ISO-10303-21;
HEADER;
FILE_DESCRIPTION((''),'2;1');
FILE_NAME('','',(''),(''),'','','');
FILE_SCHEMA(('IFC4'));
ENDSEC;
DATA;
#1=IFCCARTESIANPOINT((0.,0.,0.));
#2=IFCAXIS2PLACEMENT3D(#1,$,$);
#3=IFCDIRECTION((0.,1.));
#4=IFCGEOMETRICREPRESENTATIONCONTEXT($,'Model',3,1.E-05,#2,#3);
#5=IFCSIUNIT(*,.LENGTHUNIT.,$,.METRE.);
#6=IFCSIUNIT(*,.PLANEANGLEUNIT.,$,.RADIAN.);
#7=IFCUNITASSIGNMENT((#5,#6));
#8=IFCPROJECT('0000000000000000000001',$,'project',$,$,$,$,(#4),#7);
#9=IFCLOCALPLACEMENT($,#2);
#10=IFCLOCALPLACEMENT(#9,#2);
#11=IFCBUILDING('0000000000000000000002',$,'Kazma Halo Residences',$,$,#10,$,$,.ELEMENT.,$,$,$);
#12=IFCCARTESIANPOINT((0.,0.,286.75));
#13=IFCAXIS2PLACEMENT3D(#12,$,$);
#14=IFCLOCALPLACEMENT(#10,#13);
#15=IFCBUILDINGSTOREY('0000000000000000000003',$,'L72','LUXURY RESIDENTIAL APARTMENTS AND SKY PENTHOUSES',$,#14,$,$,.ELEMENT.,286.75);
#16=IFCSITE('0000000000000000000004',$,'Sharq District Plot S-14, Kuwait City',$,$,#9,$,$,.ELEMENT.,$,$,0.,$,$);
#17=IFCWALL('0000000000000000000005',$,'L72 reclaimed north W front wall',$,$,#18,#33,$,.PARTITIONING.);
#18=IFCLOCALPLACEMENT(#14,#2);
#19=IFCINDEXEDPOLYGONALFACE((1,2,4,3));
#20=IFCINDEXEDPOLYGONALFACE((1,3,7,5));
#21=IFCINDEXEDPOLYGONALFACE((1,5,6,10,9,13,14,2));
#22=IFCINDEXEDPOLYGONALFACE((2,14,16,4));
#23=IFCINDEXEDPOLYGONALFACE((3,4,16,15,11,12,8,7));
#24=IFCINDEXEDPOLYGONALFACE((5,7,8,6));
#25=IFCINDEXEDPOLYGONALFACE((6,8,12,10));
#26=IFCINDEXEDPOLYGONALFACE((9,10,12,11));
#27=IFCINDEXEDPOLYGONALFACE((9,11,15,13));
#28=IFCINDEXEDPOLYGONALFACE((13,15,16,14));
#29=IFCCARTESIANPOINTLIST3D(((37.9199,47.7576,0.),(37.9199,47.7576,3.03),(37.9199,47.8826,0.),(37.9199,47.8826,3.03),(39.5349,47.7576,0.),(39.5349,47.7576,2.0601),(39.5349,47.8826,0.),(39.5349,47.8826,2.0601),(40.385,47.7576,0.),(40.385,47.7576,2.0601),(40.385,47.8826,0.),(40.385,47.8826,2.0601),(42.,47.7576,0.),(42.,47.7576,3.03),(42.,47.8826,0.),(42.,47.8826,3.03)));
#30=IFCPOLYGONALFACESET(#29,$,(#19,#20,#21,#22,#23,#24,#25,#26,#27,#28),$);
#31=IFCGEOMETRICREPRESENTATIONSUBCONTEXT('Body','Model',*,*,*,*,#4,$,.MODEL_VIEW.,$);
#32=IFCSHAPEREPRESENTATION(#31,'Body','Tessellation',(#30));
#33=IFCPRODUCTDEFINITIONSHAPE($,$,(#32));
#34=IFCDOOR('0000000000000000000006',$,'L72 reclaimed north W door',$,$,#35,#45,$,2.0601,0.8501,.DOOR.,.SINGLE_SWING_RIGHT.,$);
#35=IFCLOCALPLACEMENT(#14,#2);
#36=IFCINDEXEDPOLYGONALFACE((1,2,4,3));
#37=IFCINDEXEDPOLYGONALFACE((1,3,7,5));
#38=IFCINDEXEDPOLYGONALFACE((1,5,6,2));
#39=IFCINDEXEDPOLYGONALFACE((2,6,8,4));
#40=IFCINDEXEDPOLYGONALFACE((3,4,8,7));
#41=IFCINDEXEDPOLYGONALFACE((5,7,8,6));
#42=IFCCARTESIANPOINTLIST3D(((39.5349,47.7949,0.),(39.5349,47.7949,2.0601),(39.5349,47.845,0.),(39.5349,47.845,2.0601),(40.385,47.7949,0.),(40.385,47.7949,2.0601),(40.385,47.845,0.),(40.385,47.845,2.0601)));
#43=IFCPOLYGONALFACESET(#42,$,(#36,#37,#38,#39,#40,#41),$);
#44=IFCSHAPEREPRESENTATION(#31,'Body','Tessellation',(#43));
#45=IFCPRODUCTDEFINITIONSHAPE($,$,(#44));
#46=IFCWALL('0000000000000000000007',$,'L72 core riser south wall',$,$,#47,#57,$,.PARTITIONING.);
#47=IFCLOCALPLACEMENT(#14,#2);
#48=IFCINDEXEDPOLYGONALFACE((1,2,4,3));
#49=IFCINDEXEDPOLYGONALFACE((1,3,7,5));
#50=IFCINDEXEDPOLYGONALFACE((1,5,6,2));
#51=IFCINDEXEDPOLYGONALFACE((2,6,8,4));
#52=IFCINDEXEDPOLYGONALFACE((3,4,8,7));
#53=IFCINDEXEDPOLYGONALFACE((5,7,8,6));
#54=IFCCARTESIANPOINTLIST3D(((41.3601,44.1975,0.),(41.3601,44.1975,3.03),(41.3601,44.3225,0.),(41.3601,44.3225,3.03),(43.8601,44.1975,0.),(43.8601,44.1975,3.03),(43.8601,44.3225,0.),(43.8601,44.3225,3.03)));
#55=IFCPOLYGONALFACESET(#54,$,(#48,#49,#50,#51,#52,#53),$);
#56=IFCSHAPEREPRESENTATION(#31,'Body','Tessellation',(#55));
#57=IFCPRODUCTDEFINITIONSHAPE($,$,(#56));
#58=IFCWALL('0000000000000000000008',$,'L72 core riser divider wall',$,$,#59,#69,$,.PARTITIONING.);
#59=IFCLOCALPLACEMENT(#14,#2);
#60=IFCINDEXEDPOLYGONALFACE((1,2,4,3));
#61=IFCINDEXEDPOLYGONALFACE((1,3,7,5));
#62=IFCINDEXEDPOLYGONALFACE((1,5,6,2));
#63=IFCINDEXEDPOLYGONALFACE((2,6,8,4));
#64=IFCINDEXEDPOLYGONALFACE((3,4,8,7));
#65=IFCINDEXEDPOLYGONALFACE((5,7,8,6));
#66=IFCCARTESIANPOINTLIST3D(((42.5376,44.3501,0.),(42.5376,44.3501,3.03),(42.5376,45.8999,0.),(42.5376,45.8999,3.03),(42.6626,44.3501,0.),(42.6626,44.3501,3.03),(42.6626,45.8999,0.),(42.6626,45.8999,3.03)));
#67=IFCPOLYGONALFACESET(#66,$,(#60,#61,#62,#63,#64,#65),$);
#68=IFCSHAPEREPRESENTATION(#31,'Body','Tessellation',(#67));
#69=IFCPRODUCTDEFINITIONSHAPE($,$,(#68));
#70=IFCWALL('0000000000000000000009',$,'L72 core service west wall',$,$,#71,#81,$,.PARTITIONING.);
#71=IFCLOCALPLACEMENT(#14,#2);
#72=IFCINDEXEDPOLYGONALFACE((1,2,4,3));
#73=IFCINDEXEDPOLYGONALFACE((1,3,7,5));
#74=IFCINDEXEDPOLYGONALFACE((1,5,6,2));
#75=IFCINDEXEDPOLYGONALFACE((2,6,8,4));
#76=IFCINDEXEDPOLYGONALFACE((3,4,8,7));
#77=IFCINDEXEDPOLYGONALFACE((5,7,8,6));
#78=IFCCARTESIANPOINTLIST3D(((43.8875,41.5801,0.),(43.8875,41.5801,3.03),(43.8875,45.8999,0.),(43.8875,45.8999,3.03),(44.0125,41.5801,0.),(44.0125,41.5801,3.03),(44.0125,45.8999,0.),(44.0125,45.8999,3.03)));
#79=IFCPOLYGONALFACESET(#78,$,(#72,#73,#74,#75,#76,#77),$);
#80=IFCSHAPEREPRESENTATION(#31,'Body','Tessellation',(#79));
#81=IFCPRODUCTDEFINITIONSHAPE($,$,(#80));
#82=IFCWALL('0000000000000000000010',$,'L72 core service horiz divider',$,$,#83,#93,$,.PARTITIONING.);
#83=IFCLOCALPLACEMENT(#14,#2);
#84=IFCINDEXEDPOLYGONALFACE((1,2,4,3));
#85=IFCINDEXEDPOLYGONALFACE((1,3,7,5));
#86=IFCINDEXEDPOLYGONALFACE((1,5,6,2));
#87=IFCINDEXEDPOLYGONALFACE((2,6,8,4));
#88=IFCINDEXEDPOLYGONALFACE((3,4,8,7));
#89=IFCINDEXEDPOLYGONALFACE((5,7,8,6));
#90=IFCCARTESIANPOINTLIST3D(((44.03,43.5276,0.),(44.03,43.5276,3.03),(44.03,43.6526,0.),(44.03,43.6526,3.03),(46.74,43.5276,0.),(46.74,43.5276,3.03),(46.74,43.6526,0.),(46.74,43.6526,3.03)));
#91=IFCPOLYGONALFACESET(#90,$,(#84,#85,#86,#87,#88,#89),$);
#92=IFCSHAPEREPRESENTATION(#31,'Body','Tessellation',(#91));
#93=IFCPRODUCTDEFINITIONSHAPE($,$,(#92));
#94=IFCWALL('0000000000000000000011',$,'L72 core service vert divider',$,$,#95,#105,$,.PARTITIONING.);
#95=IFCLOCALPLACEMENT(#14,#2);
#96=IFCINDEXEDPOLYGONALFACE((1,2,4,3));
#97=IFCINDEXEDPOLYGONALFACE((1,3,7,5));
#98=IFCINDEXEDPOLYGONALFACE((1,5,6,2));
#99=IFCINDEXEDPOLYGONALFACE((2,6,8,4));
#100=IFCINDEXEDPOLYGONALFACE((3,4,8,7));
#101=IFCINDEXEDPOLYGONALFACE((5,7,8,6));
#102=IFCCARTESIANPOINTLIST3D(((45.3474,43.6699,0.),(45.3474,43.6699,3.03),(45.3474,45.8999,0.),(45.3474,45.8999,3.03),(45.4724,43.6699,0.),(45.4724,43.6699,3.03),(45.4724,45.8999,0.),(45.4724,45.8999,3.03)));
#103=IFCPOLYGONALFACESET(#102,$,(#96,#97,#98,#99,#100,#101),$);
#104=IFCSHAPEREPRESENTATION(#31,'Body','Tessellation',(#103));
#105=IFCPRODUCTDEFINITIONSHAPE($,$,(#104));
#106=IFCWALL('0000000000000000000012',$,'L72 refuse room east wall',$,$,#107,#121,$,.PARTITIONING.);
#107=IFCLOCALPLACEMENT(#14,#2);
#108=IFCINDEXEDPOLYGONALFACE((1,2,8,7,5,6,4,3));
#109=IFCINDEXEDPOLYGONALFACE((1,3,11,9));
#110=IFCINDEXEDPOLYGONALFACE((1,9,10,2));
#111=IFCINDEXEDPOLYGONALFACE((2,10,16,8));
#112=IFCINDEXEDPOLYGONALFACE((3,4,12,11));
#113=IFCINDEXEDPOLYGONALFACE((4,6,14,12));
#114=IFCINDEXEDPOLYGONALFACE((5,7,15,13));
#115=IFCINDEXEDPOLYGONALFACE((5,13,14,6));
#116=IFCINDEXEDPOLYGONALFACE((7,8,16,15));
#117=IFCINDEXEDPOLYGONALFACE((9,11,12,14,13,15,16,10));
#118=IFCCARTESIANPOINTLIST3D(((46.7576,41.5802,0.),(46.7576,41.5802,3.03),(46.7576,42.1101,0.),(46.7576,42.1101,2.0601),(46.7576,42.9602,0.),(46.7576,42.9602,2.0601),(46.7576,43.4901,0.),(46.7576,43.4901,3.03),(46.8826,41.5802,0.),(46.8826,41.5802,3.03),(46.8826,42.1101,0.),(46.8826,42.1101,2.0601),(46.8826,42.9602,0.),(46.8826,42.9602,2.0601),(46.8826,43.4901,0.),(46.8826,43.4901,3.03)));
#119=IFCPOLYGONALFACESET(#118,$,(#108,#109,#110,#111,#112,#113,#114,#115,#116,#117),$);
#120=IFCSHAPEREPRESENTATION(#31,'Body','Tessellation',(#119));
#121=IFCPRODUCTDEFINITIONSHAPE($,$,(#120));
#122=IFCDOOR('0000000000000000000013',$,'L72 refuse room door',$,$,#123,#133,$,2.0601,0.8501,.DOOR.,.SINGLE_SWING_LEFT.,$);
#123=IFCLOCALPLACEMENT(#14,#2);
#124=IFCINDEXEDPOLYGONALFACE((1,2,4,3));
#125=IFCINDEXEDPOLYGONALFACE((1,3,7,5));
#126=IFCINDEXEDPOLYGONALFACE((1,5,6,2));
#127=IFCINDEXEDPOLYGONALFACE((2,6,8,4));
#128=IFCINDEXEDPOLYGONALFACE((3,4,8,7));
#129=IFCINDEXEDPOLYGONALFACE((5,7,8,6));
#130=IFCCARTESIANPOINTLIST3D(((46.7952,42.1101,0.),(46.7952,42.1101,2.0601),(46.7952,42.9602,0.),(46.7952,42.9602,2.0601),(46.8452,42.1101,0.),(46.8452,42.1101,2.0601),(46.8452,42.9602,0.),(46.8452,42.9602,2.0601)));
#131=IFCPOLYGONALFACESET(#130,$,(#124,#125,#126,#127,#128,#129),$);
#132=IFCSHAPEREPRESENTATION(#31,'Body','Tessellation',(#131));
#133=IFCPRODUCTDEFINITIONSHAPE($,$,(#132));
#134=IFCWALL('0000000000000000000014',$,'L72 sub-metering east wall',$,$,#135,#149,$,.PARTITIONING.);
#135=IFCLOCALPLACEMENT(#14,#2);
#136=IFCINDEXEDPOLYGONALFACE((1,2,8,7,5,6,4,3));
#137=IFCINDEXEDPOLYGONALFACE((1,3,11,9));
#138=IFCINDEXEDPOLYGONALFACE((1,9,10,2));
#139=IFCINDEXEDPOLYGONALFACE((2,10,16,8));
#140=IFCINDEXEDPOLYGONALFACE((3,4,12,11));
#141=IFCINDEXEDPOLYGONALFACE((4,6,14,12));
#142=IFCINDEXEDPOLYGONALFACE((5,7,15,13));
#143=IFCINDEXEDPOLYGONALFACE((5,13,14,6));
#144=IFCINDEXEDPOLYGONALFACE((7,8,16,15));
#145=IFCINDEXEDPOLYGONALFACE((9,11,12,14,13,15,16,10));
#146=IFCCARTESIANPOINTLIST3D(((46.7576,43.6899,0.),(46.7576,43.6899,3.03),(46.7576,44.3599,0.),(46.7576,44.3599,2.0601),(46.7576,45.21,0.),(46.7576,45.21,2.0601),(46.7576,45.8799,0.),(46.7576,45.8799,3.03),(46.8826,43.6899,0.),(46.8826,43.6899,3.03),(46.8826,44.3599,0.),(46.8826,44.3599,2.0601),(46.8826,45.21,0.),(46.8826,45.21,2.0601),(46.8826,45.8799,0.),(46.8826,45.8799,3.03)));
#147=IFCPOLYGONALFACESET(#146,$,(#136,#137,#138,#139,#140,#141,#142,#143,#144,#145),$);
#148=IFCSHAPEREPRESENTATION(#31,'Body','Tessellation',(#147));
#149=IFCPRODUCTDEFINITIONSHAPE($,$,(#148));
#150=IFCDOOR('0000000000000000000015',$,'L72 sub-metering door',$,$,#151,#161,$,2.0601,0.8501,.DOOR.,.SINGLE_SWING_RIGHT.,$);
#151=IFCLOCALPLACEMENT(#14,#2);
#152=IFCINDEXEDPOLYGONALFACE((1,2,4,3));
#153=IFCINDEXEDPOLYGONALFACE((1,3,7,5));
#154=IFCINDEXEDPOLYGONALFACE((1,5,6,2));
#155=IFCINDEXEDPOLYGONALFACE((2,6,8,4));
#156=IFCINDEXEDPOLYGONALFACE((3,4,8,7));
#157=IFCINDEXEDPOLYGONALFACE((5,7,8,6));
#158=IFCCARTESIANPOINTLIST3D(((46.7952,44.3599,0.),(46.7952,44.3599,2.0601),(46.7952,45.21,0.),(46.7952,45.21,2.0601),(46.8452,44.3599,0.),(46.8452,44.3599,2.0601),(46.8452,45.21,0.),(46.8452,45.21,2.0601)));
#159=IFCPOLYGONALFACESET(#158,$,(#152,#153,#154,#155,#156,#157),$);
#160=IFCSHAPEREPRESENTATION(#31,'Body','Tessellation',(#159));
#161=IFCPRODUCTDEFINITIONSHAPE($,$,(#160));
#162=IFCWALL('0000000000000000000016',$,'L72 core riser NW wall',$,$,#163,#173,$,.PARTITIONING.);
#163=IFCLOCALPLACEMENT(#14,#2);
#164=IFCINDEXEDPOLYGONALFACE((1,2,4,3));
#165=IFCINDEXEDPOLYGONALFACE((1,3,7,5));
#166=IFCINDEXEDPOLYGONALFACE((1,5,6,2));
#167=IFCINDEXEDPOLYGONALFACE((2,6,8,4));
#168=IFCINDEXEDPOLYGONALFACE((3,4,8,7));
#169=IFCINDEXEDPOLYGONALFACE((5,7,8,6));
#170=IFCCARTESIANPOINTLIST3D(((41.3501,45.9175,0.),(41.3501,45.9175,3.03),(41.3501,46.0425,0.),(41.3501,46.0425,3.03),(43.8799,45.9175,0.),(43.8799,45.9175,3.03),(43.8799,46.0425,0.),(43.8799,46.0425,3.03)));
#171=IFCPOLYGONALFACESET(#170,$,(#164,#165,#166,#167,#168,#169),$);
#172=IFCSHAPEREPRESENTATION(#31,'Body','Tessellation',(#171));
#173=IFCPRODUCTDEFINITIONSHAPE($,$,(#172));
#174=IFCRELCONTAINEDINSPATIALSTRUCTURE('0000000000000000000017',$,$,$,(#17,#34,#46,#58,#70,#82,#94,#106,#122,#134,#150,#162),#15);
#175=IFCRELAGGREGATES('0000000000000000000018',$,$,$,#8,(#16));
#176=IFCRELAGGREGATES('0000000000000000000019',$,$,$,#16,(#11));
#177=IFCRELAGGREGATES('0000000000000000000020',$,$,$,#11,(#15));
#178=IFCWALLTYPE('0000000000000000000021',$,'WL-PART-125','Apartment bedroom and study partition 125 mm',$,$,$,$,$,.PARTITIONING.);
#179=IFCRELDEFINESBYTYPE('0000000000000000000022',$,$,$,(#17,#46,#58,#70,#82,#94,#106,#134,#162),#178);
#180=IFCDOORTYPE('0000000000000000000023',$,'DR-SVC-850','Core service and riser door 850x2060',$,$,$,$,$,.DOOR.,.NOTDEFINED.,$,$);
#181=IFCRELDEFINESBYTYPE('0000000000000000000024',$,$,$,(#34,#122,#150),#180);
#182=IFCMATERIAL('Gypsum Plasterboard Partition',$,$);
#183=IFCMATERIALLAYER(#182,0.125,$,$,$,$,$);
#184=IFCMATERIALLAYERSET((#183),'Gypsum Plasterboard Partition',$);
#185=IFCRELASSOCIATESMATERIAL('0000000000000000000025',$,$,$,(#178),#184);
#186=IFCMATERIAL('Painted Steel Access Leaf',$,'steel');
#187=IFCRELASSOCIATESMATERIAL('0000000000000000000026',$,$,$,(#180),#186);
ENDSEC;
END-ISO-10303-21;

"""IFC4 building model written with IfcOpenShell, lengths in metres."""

from ifc_helpers import new_model, si_unit, direction, frame, frame_2d, origin, place, context, subcontext, project, spatial, rectangle, extrude, material, layer, layer_set, type_object, element, fill, save


model = new_model("IFC4")

# Units and contexts
model_context = context("Model", 3, precision=1e-05, world=origin(), true_north=direction((0.0, 1.0)))
body_context = subcontext(model_context, "Body", "Model", "MODEL_VIEW")
ifc_project = project(units=[si_unit("LENGTHUNIT", "METRE"), si_unit("PLANEANGLEUNIT", "RADIAN")], contexts=[model_context])

# Site, building, storey
site_placement = place(None, origin())
site = spatial("IfcSite", under=ifc_project, at=site_placement, Name="Sharq District Plot S-14, Kuwait City", CompositionType="ELEMENT", RefElevation=0.0)
building_placement = place(site_placement, origin())
building = spatial("IfcBuilding", under=site, at=building_placement, Name="Kazma Halo Residences", CompositionType="ELEMENT")
storey_placement = place(building_placement, frame((0.0, 0.0, 286.75)))
storey = spatial("IfcBuildingStorey", under=building, at=storey_placement, Name="L72", Description="LUXURY RESIDENTIAL APARTMENTS AND SKY PENTHOUSES", CompositionType="ELEMENT", Elevation=286.75)

# Wall, opening, door
ifc_material_1 = material(Name="Gypsum Plasterboard Partition")
ifc_layer_1 = layer(ifc_material_1, 0.125)
ifc_layer_set_1 = layer_set([ifc_layer_1], Name="Gypsum Plasterboard Partition")
wall_type_1 = type_object("IfcWallType", Name="WL-PART-125", Description="Apartment bedroom and study partition 125 mm", PredefinedType="PARTITIONING", material=ifc_layer_set_1)
wall_1_placement = place(storey_placement, frame((37.9199, 47.8201, 0.0), z_axis=(0.0, 0.0, 1.0), x_axis=(1.0, 0.0, 0.0)))
wall_1 = element("IfcWall", 1, at=wall_1_placement, inside=storey, type_object=wall_type_1, Name="L72 reclaimed north W front wall", PredefinedType="PARTITIONING", context=body_context, shape_type="SweptSolid", body=[
    extrude(rectangle(XDim=4.0801, YDim=0.125, at=frame_2d((2.04, 0.0))), origin(), (0.0, 0.0, 1.0), 3.03),
])
opening_1_placement = place(wall_1_placement, frame((1.615, 0.0, 0.0)))
opening_1 = element("IfcOpeningElement", 2, at=opening_1_placement, cuts=wall_1, PredefinedType="OPENING", context=body_context, shape_type="SweptSolid", body=[
    extrude(rectangle(XDim=0.8501, YDim=2.0601, at=frame_2d((0.425, 1.03))), frame((0.0, 0.0725, 0.0), z_axis=(0.0, -1.0, 0.0), x_axis=(1.0, 0.0, 0.0)), (0.0, 0.0, 1.0), 0.145),
])
ifc_material_2 = material(Name="Painted Steel Access Leaf", Category="steel")
door_type_1 = type_object("IfcDoorType", Name="DR-SVC-850", Description="Core service and riser door 850x2060", OperationType="NOTDEFINED", PredefinedType="DOOR", material=ifc_material_2)
door_1_placement = place(opening_1_placement, origin())
door_1 = element("IfcDoor", 3, at=door_1_placement, inside=storey, type_object=door_type_1, Name="L72 reclaimed north W door", OperationType="SINGLE_SWING_RIGHT", OverallHeight=2.0601, OverallWidth=0.8501, PredefinedType="DOOR", context=body_context, shape_type="SweptSolid", body=[
    extrude(rectangle(XDim=0.8501, YDim=2.0601, at=frame_2d((0.425, 1.03))), frame((0.0, 0.0249, 0.0), z_axis=(0.0, -1.0, 0.0), x_axis=(1.0, 0.0, 0.0)), (0.0, 0.0, 1.0), 0.05),
])
fill(opening_1, door_1)

# Walls
wall_2_placement = place(storey_placement, frame((41.3601, 44.26, 0.0), z_axis=(0.0, 0.0, 1.0), x_axis=(1.0, 0.0, 0.0)))
element("IfcWall", 4, at=wall_2_placement, inside=storey, type_object=wall_type_1, Name="L72 core riser south wall", PredefinedType="PARTITIONING", context=body_context, shape_type="SweptSolid", body=[
    extrude(rectangle(XDim=2.5, YDim=0.125, at=frame_2d((1.25, 0.0))), origin(), (0.0, 0.0, 1.0), 3.03),
])
wall_3_placement = place(storey_placement, frame((42.6001, 44.3501, 0.0), z_axis=(0.0, 0.0, 1.0), x_axis=(0.0, 1.0, 0.0)))
element("IfcWall", 5, at=wall_3_placement, inside=storey, type_object=wall_type_1, Name="L72 core riser divider wall", PredefinedType="PARTITIONING", context=body_context, shape_type="SweptSolid", body=[
    extrude(rectangle(XDim=1.5498, YDim=0.125, at=frame_2d((0.7749, 0.0))), origin(), (0.0, 0.0, 1.0), 3.03),
])
wall_4_placement = place(storey_placement, frame((43.95, 41.5801, 0.0), z_axis=(0.0, 0.0, 1.0), x_axis=(0.0, 1.0, 0.0)))
element("IfcWall", 6, at=wall_4_placement, inside=storey, type_object=wall_type_1, Name="L72 core service west wall", PredefinedType="PARTITIONING", context=body_context, shape_type="SweptSolid", body=[
    extrude(rectangle(XDim=4.3198, YDim=0.125, at=frame_2d((2.1599, 0.0))), origin(), (0.0, 0.0, 1.0), 3.03),
])
wall_5_placement = place(storey_placement, frame((44.03, 43.5901, 0.0), z_axis=(0.0, 0.0, 1.0), x_axis=(1.0, 0.0, 0.0)))
element("IfcWall", 7, at=wall_5_placement, inside=storey, type_object=wall_type_1, Name="L72 core service horiz divider", PredefinedType="PARTITIONING", context=body_context, shape_type="SweptSolid", body=[
    extrude(rectangle(XDim=2.71, YDim=0.125, at=frame_2d((1.355, 0.0))), origin(), (0.0, 0.0, 1.0), 3.03),
])
wall_6_placement = place(storey_placement, frame((45.4099, 43.6699, 0.0), z_axis=(0.0, 0.0, 1.0), x_axis=(0.0, 1.0, 0.0)))
element("IfcWall", 8, at=wall_6_placement, inside=storey, type_object=wall_type_1, Name="L72 core service vert divider", PredefinedType="PARTITIONING", context=body_context, shape_type="SweptSolid", body=[
    extrude(rectangle(XDim=2.23, YDim=0.125, at=frame_2d((1.115, 0.0))), origin(), (0.0, 0.0, 1.0), 3.03),
])

# Walls, openings, doors
wall_7_placement = place(storey_placement, frame((46.8201, 41.5801, 0.0), z_axis=(0.0, 0.0, 1.0), x_axis=(0.0, 1.0, 0.0)))
wall_7 = element("IfcWall", 9, at=wall_7_placement, inside=storey, type_object=wall_type_1, Name="L72 refuse room east wall", PredefinedType="PARTITIONING", context=body_context, shape_type="SweptSolid", body=[
    extrude(rectangle(XDim=1.9099, YDim=0.125, at=frame_2d((0.9551, 0.0))), origin(), (0.0, 0.0, 1.0), 3.03),
])
opening_2_placement = place(wall_7_placement, frame((0.53, 0.0, 0.0)))
opening_2 = element("IfcOpeningElement", 10, at=opening_2_placement, cuts=wall_7, PredefinedType="OPENING", context=body_context, shape_type="SweptSolid", body=[
    extrude(rectangle(XDim=0.8501, YDim=2.0601, at=frame_2d((0.425, 1.03))), frame((0.0, 0.0725, 0.0), z_axis=(0.0, -1.0, 0.0), x_axis=(1.0, 0.0, 0.0)), (0.0, 0.0, 1.0), 0.145),
])
door_2_placement = place(opening_2_placement, origin())
door_2 = element("IfcDoor", 11, at=door_2_placement, inside=storey, type_object=door_type_1, Name="L72 refuse room door", OperationType="SINGLE_SWING_LEFT", OverallHeight=2.0601, OverallWidth=0.8501, PredefinedType="DOOR", context=body_context, shape_type="SweptSolid", body=[
    extrude(rectangle(XDim=0.8501, YDim=2.0601, at=frame_2d((0.425, 1.03))), frame((0.0, 0.0249, 0.0), z_axis=(0.0, -1.0, 0.0), x_axis=(1.0, 0.0, 0.0)), (0.0, 0.0, 1.0), 0.05),
])
fill(opening_2, door_2)
wall_8_placement = place(storey_placement, frame((46.8201, 43.6899, 0.0), z_axis=(0.0, 0.0, 1.0), x_axis=(0.0, 1.0, 0.0)))
wall_8 = element("IfcWall", 12, at=wall_8_placement, inside=storey, type_object=wall_type_1, Name="L72 sub-metering east wall", PredefinedType="PARTITIONING", context=body_context, shape_type="SweptSolid", body=[
    extrude(rectangle(XDim=2.1899, YDim=0.125, at=frame_2d((1.095, 0.0))), origin(), (0.0, 0.0, 1.0), 3.03),
])
opening_3_placement = place(wall_8_placement, frame((0.6699, 0.0, 0.0)))
opening_3 = element("IfcOpeningElement", 13, at=opening_3_placement, cuts=wall_8, PredefinedType="OPENING", context=body_context, shape_type="SweptSolid", body=[
    extrude(rectangle(XDim=0.8501, YDim=2.0601, at=frame_2d((0.425, 1.03))), frame((0.0, 0.0725, 0.0), z_axis=(0.0, -1.0, 0.0), x_axis=(1.0, 0.0, 0.0)), (0.0, 0.0, 1.0), 0.145),
])
door_3_placement = place(opening_3_placement, origin())
door_3 = element("IfcDoor", 14, at=door_3_placement, inside=storey, type_object=door_type_1, Name="L72 sub-metering door", OperationType="SINGLE_SWING_RIGHT", OverallHeight=2.0601, OverallWidth=0.8501, PredefinedType="DOOR", context=body_context, shape_type="SweptSolid", body=[
    extrude(rectangle(XDim=0.8501, YDim=2.0601, at=frame_2d((0.425, 1.03))), frame((0.0, 0.0249, 0.0), z_axis=(0.0, -1.0, 0.0), x_axis=(1.0, 0.0, 0.0)), (0.0, 0.0, 1.0), 0.05),
])
fill(opening_3, door_3)

# Wall
wall_9_placement = place(storey_placement, frame((41.3501, 45.98, 0.0), z_axis=(0.0, 0.0, 1.0), x_axis=(1.0, 0.0, 0.0)))
element("IfcWall", 15, at=wall_9_placement, inside=storey, type_object=wall_type_1, Name="L72 core riser NW wall", PredefinedType="PARTITIONING", context=body_context, shape_type="SweptSolid", body=[
    extrude(rectangle(XDim=2.5298, YDim=0.125, at=frame_2d((1.2649, 0.0))), origin(), (0.0, 0.0, 1.0), 3.03),
])

save(model, "model.ifc")
